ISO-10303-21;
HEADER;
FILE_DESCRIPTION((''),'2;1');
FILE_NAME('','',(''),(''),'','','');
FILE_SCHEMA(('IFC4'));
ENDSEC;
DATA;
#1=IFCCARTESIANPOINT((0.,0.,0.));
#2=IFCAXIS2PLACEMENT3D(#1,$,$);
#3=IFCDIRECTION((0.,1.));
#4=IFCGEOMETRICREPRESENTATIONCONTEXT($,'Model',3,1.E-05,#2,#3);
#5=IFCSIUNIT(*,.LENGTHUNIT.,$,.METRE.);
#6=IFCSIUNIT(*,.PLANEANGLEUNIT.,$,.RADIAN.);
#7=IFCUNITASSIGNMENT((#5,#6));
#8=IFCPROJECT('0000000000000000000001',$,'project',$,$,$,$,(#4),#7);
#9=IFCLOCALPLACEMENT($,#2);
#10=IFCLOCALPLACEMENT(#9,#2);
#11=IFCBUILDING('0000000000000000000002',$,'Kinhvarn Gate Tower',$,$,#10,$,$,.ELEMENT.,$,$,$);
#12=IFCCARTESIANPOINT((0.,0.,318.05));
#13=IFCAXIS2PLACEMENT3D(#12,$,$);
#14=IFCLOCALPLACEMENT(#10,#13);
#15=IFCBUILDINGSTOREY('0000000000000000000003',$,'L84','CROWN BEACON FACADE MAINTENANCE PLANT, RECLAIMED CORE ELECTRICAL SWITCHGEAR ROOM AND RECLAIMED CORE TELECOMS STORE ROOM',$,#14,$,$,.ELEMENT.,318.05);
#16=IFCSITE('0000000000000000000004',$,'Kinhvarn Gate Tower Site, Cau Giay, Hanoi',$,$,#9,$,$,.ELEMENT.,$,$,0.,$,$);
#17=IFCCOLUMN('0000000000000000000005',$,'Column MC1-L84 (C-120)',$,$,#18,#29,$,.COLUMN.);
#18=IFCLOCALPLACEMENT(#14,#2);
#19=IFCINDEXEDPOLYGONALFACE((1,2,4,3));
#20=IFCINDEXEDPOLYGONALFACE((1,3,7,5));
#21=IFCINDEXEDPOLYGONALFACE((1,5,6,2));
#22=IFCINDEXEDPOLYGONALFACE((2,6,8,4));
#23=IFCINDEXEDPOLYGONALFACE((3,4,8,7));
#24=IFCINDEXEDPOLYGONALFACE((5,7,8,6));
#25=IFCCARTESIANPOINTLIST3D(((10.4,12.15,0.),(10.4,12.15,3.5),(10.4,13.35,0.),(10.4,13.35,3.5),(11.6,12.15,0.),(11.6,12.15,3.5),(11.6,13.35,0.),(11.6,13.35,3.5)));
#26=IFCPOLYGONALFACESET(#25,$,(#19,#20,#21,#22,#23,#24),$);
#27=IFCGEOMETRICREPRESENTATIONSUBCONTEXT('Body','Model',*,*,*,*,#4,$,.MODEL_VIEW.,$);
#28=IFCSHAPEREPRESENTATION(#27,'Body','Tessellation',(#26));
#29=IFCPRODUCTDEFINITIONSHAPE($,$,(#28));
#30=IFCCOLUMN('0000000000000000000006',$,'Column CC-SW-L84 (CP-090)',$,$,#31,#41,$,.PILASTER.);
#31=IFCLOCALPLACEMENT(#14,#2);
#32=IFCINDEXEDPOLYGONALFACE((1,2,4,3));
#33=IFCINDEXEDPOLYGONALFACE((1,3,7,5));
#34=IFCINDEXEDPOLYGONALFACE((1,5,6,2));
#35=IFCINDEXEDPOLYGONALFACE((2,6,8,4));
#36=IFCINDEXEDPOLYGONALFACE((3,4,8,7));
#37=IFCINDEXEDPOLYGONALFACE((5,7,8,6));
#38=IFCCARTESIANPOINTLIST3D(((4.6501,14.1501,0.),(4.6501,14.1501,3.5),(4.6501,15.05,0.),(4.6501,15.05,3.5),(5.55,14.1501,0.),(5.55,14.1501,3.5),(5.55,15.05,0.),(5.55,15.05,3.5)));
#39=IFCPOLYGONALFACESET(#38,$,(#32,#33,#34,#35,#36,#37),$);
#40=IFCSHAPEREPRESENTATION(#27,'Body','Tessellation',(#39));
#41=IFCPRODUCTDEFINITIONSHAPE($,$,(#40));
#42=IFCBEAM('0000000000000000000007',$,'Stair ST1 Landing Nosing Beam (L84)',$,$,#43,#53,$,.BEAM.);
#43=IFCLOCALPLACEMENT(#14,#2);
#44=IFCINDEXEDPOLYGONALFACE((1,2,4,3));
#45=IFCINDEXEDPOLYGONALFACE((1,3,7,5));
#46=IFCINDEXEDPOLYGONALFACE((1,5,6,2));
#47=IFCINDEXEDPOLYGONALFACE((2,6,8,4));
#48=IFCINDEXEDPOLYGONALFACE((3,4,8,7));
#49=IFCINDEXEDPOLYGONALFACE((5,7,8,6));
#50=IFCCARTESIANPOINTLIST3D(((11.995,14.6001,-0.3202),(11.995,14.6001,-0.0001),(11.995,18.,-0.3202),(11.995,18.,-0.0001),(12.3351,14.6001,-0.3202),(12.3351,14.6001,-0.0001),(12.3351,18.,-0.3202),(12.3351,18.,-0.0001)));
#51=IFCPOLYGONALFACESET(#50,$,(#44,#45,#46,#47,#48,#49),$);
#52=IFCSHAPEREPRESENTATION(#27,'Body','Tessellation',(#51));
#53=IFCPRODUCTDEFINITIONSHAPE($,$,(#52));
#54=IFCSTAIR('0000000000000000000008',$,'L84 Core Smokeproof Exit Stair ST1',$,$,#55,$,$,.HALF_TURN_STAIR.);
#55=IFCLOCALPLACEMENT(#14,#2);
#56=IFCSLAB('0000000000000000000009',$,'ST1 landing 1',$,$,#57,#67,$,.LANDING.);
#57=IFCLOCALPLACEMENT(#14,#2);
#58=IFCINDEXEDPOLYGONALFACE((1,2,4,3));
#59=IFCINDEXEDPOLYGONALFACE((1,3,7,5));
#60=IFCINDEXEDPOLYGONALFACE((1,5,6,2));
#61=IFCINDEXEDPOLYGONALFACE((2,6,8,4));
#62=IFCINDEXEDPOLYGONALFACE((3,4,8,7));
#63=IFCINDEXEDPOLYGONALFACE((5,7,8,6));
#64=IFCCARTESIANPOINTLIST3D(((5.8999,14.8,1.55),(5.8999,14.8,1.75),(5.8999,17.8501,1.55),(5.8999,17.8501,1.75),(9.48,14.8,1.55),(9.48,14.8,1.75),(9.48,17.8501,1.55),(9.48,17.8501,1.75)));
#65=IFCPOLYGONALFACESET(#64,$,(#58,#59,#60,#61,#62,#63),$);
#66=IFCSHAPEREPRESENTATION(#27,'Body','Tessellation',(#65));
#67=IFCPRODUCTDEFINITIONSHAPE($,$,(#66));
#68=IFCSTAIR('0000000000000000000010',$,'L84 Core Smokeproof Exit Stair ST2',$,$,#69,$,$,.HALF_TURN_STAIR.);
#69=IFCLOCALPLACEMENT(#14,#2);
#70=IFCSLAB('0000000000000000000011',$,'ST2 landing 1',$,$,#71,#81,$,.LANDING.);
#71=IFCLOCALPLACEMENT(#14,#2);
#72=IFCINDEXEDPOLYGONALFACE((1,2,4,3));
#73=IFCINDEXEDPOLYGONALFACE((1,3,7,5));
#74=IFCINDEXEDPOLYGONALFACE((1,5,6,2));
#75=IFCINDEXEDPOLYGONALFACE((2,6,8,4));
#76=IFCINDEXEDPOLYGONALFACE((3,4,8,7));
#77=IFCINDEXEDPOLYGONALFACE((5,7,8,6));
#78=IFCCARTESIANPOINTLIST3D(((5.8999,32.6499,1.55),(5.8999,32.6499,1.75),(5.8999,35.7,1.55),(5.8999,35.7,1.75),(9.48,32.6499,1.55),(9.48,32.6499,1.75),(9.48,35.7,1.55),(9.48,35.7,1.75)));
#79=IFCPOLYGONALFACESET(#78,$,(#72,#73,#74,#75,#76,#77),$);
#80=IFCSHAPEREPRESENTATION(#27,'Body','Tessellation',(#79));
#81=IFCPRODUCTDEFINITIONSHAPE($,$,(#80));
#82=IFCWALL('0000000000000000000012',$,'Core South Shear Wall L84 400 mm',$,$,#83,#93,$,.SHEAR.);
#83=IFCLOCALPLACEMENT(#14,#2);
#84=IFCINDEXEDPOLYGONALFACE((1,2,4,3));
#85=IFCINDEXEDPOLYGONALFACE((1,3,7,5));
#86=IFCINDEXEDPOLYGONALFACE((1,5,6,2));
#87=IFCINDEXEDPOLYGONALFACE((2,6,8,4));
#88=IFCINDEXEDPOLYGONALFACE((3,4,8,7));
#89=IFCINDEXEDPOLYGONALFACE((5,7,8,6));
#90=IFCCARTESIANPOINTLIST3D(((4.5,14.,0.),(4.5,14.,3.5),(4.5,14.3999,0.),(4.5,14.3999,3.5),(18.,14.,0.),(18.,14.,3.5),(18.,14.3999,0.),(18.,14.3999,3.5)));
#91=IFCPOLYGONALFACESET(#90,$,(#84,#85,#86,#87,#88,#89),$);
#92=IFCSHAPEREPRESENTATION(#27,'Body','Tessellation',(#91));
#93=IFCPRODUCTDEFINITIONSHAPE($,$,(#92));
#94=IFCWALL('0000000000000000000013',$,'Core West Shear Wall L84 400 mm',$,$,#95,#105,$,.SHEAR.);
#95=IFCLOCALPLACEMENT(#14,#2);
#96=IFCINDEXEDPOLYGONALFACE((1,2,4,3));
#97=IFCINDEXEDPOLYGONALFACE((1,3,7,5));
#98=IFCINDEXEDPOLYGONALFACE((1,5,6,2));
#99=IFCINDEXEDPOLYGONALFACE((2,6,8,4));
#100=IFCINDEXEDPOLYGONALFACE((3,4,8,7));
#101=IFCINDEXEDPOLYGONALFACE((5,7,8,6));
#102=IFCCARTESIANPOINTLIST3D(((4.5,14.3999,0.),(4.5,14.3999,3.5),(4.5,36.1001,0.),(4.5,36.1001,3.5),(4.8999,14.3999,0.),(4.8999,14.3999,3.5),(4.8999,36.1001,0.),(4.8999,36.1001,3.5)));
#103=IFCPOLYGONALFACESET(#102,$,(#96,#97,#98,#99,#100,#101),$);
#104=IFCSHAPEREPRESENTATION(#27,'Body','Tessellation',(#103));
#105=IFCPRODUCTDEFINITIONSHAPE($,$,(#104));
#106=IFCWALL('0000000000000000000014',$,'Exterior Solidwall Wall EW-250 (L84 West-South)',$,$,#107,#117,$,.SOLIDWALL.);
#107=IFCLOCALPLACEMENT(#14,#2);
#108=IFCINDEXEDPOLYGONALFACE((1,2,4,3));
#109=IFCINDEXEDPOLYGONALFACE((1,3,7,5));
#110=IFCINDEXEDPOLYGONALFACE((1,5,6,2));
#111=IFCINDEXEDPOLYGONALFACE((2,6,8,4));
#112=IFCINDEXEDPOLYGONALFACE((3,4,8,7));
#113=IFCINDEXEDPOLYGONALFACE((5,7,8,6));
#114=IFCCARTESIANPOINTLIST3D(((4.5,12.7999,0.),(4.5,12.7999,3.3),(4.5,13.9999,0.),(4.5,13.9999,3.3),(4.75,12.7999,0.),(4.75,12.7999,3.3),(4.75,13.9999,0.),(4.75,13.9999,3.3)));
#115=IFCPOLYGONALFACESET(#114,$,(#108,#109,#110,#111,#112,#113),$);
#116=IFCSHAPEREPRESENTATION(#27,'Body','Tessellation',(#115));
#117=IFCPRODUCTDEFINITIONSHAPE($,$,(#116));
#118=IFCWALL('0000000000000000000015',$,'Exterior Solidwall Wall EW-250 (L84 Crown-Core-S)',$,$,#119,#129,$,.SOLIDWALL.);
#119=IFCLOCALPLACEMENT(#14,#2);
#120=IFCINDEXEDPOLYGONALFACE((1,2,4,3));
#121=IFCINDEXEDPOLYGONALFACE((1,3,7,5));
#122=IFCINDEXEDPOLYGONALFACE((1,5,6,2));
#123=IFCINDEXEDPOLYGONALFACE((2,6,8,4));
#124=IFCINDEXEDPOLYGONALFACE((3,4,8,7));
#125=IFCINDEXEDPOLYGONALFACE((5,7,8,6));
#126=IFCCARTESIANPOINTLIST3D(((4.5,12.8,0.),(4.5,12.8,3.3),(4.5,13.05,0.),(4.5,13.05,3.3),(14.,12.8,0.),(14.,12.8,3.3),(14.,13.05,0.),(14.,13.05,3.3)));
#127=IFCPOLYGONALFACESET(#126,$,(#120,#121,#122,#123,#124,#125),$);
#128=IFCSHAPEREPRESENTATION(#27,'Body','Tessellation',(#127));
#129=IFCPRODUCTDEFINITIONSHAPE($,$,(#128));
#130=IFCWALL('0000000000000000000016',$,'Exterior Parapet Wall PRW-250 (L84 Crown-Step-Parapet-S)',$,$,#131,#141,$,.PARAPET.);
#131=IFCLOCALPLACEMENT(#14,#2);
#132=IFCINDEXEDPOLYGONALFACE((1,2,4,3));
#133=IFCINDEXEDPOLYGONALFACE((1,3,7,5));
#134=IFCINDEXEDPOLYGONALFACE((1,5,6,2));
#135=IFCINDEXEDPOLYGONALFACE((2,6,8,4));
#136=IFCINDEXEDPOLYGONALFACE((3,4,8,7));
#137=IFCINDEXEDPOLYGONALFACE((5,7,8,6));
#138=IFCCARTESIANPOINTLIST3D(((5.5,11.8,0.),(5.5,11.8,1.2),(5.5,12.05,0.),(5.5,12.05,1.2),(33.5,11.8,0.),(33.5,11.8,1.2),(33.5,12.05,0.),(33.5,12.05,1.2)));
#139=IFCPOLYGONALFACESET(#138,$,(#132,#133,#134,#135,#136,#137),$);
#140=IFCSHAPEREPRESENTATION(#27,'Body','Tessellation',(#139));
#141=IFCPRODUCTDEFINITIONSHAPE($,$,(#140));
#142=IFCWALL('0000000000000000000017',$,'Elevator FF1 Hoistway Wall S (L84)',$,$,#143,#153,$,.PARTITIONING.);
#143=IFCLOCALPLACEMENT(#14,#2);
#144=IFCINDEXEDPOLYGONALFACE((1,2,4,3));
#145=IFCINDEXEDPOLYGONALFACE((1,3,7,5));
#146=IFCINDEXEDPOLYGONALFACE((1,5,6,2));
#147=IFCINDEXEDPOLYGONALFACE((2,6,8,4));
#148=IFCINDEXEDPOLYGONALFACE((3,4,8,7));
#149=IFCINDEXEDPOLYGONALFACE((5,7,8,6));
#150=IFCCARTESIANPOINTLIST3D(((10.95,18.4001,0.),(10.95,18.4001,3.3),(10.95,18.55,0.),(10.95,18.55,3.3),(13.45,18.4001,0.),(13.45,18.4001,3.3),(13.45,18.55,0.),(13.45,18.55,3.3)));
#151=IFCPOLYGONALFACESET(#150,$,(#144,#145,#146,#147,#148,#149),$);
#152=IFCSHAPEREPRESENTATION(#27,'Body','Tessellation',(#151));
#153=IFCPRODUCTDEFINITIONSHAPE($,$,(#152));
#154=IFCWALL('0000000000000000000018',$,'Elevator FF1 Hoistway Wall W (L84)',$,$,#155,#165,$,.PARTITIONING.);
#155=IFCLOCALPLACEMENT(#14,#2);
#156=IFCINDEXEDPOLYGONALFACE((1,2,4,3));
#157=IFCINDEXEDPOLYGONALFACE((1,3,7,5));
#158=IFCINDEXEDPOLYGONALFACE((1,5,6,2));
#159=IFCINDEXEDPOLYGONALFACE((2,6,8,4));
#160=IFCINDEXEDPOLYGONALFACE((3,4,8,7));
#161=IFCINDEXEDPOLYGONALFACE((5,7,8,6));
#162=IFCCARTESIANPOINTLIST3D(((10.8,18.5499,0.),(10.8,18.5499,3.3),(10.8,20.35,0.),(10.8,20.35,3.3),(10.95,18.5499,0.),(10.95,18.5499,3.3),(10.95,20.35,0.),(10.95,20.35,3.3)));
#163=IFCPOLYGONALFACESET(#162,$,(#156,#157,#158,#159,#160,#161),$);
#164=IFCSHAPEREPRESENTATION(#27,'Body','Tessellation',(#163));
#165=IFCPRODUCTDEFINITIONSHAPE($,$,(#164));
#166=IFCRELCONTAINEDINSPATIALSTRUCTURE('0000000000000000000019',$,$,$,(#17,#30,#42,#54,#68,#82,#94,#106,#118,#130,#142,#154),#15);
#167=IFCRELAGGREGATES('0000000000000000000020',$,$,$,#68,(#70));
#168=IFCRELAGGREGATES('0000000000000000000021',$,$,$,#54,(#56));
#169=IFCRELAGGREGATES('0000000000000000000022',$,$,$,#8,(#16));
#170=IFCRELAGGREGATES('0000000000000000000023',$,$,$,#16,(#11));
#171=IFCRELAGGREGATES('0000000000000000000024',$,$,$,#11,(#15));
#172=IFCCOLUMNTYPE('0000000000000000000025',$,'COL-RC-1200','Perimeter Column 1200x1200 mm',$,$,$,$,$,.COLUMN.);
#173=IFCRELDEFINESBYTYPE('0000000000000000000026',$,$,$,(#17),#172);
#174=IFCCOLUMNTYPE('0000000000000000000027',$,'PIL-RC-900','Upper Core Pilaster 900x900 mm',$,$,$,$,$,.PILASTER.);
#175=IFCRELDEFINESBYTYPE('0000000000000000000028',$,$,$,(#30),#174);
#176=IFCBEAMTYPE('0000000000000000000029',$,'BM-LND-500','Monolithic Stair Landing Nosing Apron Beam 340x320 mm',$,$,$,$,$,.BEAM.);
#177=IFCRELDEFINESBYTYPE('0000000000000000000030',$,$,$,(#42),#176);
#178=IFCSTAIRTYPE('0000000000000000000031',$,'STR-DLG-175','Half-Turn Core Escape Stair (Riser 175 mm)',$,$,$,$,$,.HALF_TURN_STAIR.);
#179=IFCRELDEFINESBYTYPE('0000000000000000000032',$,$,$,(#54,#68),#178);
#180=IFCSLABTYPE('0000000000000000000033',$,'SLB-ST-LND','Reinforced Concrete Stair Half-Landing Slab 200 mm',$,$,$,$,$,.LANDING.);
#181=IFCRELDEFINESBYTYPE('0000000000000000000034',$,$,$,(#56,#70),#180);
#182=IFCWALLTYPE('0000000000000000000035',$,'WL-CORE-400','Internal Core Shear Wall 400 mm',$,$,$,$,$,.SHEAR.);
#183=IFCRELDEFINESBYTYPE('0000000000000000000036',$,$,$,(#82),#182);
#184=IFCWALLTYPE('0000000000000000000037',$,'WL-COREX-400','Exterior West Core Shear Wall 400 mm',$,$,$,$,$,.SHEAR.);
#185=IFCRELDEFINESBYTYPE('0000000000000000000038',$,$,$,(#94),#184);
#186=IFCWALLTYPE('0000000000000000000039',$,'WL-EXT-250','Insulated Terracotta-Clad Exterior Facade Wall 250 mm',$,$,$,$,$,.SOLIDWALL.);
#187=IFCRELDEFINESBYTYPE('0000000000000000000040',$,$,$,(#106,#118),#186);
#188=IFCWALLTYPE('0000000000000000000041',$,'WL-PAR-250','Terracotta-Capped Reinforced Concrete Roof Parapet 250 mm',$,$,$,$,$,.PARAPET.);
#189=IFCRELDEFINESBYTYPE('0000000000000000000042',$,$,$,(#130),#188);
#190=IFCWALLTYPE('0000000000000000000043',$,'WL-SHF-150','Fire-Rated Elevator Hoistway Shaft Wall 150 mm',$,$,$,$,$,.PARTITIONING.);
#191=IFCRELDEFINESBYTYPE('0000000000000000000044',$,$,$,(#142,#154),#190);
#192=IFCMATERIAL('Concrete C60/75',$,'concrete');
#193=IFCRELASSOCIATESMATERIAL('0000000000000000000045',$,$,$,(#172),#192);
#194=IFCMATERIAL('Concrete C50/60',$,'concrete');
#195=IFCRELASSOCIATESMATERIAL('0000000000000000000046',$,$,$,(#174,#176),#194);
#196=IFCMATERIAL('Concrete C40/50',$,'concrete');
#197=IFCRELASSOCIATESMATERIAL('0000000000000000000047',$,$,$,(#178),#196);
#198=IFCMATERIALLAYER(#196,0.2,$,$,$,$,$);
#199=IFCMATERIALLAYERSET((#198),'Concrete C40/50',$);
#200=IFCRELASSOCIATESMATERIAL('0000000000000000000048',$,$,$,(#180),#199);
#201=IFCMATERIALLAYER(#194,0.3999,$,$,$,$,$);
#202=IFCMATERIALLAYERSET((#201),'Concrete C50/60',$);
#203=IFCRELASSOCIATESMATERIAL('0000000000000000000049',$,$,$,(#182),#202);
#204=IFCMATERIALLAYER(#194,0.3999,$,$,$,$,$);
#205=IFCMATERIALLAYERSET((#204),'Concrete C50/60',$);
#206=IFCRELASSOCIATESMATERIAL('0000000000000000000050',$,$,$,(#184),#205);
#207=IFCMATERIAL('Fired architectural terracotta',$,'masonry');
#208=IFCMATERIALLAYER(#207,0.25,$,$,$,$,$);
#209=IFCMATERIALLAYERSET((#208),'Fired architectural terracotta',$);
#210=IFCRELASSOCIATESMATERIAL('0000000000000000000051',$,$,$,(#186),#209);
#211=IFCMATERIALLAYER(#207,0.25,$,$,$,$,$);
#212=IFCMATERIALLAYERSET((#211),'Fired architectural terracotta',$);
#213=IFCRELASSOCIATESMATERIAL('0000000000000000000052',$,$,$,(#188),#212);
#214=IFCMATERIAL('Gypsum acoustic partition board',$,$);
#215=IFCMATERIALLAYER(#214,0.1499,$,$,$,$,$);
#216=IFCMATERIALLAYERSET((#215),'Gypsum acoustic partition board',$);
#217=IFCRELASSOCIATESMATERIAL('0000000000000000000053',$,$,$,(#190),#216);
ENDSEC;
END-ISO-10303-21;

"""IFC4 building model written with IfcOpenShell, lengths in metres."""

from ifc_helpers import new_model, si_unit, direction, frame, frame_2d, origin, origin_2d, place, context, subcontext, project, spatial, polyline, rectangle, outline, extrude, material, layer, layer_set, material_profile, profile_set, type_object, element, aggregate, save


model = new_model("IFC4")

# Units and contexts
model_context = context("Model", 3, precision=1e-05, world=origin(), true_north=direction((0.0, 1.0)))
body_context = subcontext(model_context, "Body", "Model", "MODEL_VIEW")
ifc_project = project(units=[si_unit("LENGTHUNIT", "METRE"), si_unit("PLANEANGLEUNIT", "RADIAN")], contexts=[model_context])

# Site, building, storey
site_placement = place(None, origin())
site = spatial("IfcSite", under=ifc_project, at=site_placement, Name="Kinhvarn Gate Tower Site, Cau Giay, Hanoi", CompositionType="ELEMENT", RefElevation=0.0)
building_placement = place(site_placement, origin())
building = spatial("IfcBuilding", under=site, at=building_placement, Name="Kinhvarn Gate Tower", CompositionType="ELEMENT")
storey_placement = place(building_placement, frame((0.0, 0.0, 318.05)))
storey = spatial("IfcBuildingStorey", under=building, at=storey_placement, Name="L84", Description="CROWN BEACON FACADE MAINTENANCE PLANT, RECLAIMED CORE ELECTRICAL SWITCHGEAR ROOM AND RECLAIMED CORE TELECOMS STORE ROOM", CompositionType="ELEMENT", Elevation=318.05)

# Columns
ifc_material_1 = material(Name="Concrete C60/75", Category="concrete")
ifc_material_profile_1 = material_profile(ifc_material_1, rectangle(XDim=1.2, YDim=1.2, at=origin_2d()), Name="RC 1200x1200")
ifc_profile_set_1 = profile_set([ifc_material_profile_1], Name="Concrete C60/75")
column_type_1 = type_object("IfcColumnType", Name="COL-RC-1200", Description="Perimeter Column 1200x1200 mm", PredefinedType="COLUMN", material=ifc_profile_set_1)
column_1_placement = place(storey_placement, frame((11.0, 12.75, 0.0), z_axis=(0.0, 0.0, 1.0), x_axis=(1.0, 0.0, 0.0)))
element("IfcColumn", 1, at=column_1_placement, inside=storey, type_object=column_type_1, Name="Column MC1-L84 (C-120)", PredefinedType="COLUMN", context=body_context, shape_type="SweptSolid", body=[
    extrude(rectangle(XDim=1.2, YDim=1.2, at=origin_2d()), origin(), (0.0, 0.0, 1.0), 3.5),
])
ifc_material_2 = material(Name="Concrete C50/60", Category="concrete")
ifc_material_profile_2 = material_profile(ifc_material_2, rectangle(XDim=0.8999, YDim=0.8999, at=origin_2d()), Name="RC 900x900")
ifc_profile_set_2 = profile_set([ifc_material_profile_2], Name="Concrete C50/60")
column_type_2 = type_object("IfcColumnType", Name="PIL-RC-900", Description="Upper Core Pilaster 900x900 mm", PredefinedType="PILASTER", material=ifc_profile_set_2)
column_2_placement = place(storey_placement, frame((5.1001, 14.6001, 0.0), z_axis=(0.0, 0.0, 1.0), x_axis=(1.0, 0.0, 0.0)))
element("IfcColumn", 2, at=column_2_placement, inside=storey, type_object=column_type_2, Name="Column CC-SW-L84 (CP-090)", PredefinedType="PILASTER", context=body_context, shape_type="SweptSolid", body=[
    extrude(rectangle(XDim=0.8999, YDim=0.8999, at=origin_2d()), origin(), (0.0, 0.0, 1.0), 3.5),
])

# Beam
ifc_material_profile_3 = material_profile(ifc_material_2, rectangle(XDim=0.3401, YDim=0.3201, at=origin_2d()), Name="RC 340x320")
ifc_profile_set_3 = profile_set([ifc_material_profile_3], Name="Concrete C50/60")
beam_type = type_object("IfcBeamType", Name="BM-LND-500", Description="Monolithic Stair Landing Nosing Apron Beam 340x320 mm", PredefinedType="BEAM", material=ifc_profile_set_3)
beam_placement = place(storey_placement, frame((12.165, 14.6001, -0.1602), z_axis=(0.0, 1.0, 0.0), x_axis=(-1.0, 0.0, 0.0)))
element("IfcBeam", 3, at=beam_placement, inside=storey, type_object=beam_type, Name="Stair ST1 Landing Nosing Beam (L84)", PredefinedType="BEAM", context=body_context, shape_type="SweptSolid", body=[
    extrude(rectangle(XDim=0.3401, YDim=0.3201, at=origin_2d()), origin(), (0.0, 0.0, 1.0), 3.3999),
])

# Stairs, slabs
ifc_material_3 = material(Name="Concrete C40/50", Category="concrete")
stair_type = type_object("IfcStairType", Name="STR-DLG-175", Description="Half-Turn Core Escape Stair (Riser 175 mm)", PredefinedType="HALF_TURN_STAIR", material=ifc_material_3)
stair_1_placement = place(storey_placement, origin())
stair_1 = element("IfcStair", 4, at=stair_1_placement, inside=storey, type_object=stair_type, Name="L84 Core Smokeproof Exit Stair ST1", PredefinedType="HALF_TURN_STAIR")
ifc_layer_1 = layer(ifc_material_3, 0.2)
ifc_layer_set_1 = layer_set([ifc_layer_1], Name="Concrete C40/50")
slab_type = type_object("IfcSlabType", Name="SLB-ST-LND", Description="Reinforced Concrete Stair Half-Landing Slab 200 mm", PredefinedType="LANDING", material=ifc_layer_set_1)
slab_1_placement = place(storey_placement, frame((0.0, 0.0, 1.55)))
slab_1 = element("IfcSlab", 5, at=slab_1_placement, type_object=slab_type, Name="ST1 landing 1", PredefinedType="LANDING", context=body_context, shape_type="SweptSolid", body=[
    extrude(outline(polyline([(9.48, 17.8501), (5.8999, 17.8501), (5.8999, 14.8), (9.48, 14.8), (9.48, 17.8501)])), origin(), (0.0, 0.0, 1.0), 0.2),
])
stair_2_placement = place(storey_placement, origin())
stair_2 = element("IfcStair", 6, at=stair_2_placement, inside=storey, type_object=stair_type, Name="L84 Core Smokeproof Exit Stair ST2", PredefinedType="HALF_TURN_STAIR")
slab_2_placement = place(storey_placement, frame((0.0, 0.0, 1.55)))
slab_2 = element("IfcSlab", 7, at=slab_2_placement, type_object=slab_type, Name="ST2 landing 1", PredefinedType="LANDING", context=body_context, shape_type="SweptSolid", body=[
    extrude(outline(polyline([(9.48, 35.7), (5.8999, 35.7), (5.8999, 32.6499), (9.48, 32.6499), (9.48, 35.7)])), origin(), (0.0, 0.0, 1.0), 0.2),
])
aggregate(stair_2, [slab_2])

# Walls
ifc_layer_2 = layer(ifc_material_2, 0.3999)
ifc_layer_set_2 = layer_set([ifc_layer_2], Name="Concrete C50/60")
wall_type_1 = type_object("IfcWallType", Name="WL-CORE-400", Description="Internal Core Shear Wall 400 mm", PredefinedType="SHEAR", material=ifc_layer_set_2)
wall_1_placement = place(storey_placement, frame((4.5, 14.2, 0.0), z_axis=(0.0, 0.0, 1.0), x_axis=(1.0, 0.0, 0.0)))
element("IfcWall", 8, at=wall_1_placement, inside=storey, type_object=wall_type_1, Name="Core South Shear Wall L84 400 mm", PredefinedType="SHEAR", context=body_context, shape_type="SweptSolid", body=[
    extrude(rectangle(XDim=13.5, YDim=0.3999, at=frame_2d((6.75, 0.0))), origin(), (0.0, 0.0, 1.0), 3.5),
])
ifc_layer_3 = layer(ifc_material_2, 0.3999)
ifc_layer_set_3 = layer_set([ifc_layer_3], Name="Concrete C50/60")
wall_type_2 = type_object("IfcWallType", Name="WL-COREX-400", Description="Exterior West Core Shear Wall 400 mm", PredefinedType="SHEAR", material=ifc_layer_set_3)
wall_2_placement = place(storey_placement, frame((4.7, 14.3999, 0.0), z_axis=(0.0, 0.0, 1.0), x_axis=(0.0, 1.0, 0.0)))
element("IfcWall", 9, at=wall_2_placement, inside=storey, type_object=wall_type_2, Name="Core West Shear Wall L84 400 mm", PredefinedType="SHEAR", context=body_context, shape_type="SweptSolid", body=[
    extrude(rectangle(XDim=21.7002, YDim=0.3999, at=frame_2d((10.8501, 0.0))), origin(), (0.0, 0.0, 1.0), 3.5),
])
ifc_material_4 = material(Name="Fired architectural terracotta", Category="masonry")
ifc_layer_4 = layer(ifc_material_4, 0.25)
ifc_layer_set_4 = layer_set([ifc_layer_4], Name="Fired architectural terracotta")
wall_type_3 = type_object("IfcWallType", Name="WL-EXT-250", Description="Insulated Terracotta-Clad Exterior Facade Wall 250 mm", PredefinedType="SOLIDWALL", material=ifc_layer_set_4)
wall_3_placement = place(storey_placement, frame((4.625, 14.0, 0.0), z_axis=(0.0, 0.0, 1.0), x_axis=(0.0, -1.0, 0.0)))
element("IfcWall", 10, at=wall_3_placement, inside=storey, type_object=wall_type_3, Name="Exterior Solidwall Wall EW-250 (L84 West-South)", PredefinedType="SOLIDWALL", context=body_context, shape_type="SweptSolid", body=[
    extrude(rectangle(XDim=1.2, YDim=0.25, at=frame_2d((0.6001, 0.0))), origin(), (0.0, 0.0, 1.0), 3.3),
])
wall_4_placement = place(storey_placement, frame((4.5, 12.925, 0.0), z_axis=(0.0, 0.0, 1.0), x_axis=(1.0, 0.0, 0.0)))
element("IfcWall", 11, at=wall_4_placement, inside=storey, type_object=wall_type_3, Name="Exterior Solidwall Wall EW-250 (L84 Crown-Core-S)", PredefinedType="SOLIDWALL", context=body_context, shape_type="SweptSolid", body=[
    extrude(rectangle(XDim=9.5, YDim=0.25, at=frame_2d((4.75, 0.0))), origin(), (0.0, 0.0, 1.0), 3.3),
])
ifc_layer_5 = layer(ifc_material_4, 0.25)
ifc_layer_set_5 = layer_set([ifc_layer_5], Name="Fired architectural terracotta")
wall_type_4 = type_object("IfcWallType", Name="WL-PAR-250", Description="Terracotta-Capped Reinforced Concrete Roof Parapet 250 mm", PredefinedType="PARAPET", material=ifc_layer_set_5)
wall_5_placement = place(storey_placement, frame((5.5, 11.925, 0.0), z_axis=(0.0, 0.0, 1.0), x_axis=(1.0, 0.0, 0.0)))
element("IfcWall", 12, at=wall_5_placement, inside=storey, type_object=wall_type_4, Name="Exterior Parapet Wall PRW-250 (L84 Crown-Step-Parapet-S)", PredefinedType="PARAPET", context=body_context, shape_type="SweptSolid", body=[
    extrude(rectangle(XDim=28.0, YDim=0.25, at=frame_2d((14.0, 0.0))), origin(), (0.0, 0.0, 1.0), 1.2),
])
ifc_material_5 = material(Name="Gypsum acoustic partition board")
ifc_layer_6 = layer(ifc_material_5, 0.1499)
ifc_layer_set_6 = layer_set([ifc_layer_6], Name="Gypsum acoustic partition board")
wall_type_5 = type_object("IfcWallType", Name="WL-SHF-150", Description="Fire-Rated Elevator Hoistway Shaft Wall 150 mm", PredefinedType="PARTITIONING", material=ifc_layer_set_6)
wall_6_placement = place(storey_placement, frame((10.95, 18.4751, 0.0), z_axis=(0.0, 0.0, 1.0), x_axis=(1.0, 0.0, 0.0)))
element("IfcWall", 13, at=wall_6_placement, inside=storey, type_object=wall_type_5, Name="Elevator FF1 Hoistway Wall S (L84)", PredefinedType="PARTITIONING", context=body_context, shape_type="SweptSolid", body=[
    extrude(rectangle(XDim=2.5, YDim=0.1499, at=frame_2d((1.25, 0.0))), origin(), (0.0, 0.0, 1.0), 3.3),
])
wall_7_placement = place(storey_placement, frame((10.875, 18.55, 0.0), z_axis=(0.0, 0.0, 1.0), x_axis=(0.0, 1.0, 0.0)))
element("IfcWall", 14, at=wall_7_placement, inside=storey, type_object=wall_type_5, Name="Elevator FF1 Hoistway Wall W (L84)", PredefinedType="PARTITIONING", context=body_context, shape_type="SweptSolid", body=[
    extrude(rectangle(XDim=1.8, YDim=0.1499, at=frame_2d((0.8999, 0.0))), origin(), (0.0, 0.0, 1.0), 3.3),
])

aggregate(stair_1, [slab_1])

save(model, "model.ifc")
